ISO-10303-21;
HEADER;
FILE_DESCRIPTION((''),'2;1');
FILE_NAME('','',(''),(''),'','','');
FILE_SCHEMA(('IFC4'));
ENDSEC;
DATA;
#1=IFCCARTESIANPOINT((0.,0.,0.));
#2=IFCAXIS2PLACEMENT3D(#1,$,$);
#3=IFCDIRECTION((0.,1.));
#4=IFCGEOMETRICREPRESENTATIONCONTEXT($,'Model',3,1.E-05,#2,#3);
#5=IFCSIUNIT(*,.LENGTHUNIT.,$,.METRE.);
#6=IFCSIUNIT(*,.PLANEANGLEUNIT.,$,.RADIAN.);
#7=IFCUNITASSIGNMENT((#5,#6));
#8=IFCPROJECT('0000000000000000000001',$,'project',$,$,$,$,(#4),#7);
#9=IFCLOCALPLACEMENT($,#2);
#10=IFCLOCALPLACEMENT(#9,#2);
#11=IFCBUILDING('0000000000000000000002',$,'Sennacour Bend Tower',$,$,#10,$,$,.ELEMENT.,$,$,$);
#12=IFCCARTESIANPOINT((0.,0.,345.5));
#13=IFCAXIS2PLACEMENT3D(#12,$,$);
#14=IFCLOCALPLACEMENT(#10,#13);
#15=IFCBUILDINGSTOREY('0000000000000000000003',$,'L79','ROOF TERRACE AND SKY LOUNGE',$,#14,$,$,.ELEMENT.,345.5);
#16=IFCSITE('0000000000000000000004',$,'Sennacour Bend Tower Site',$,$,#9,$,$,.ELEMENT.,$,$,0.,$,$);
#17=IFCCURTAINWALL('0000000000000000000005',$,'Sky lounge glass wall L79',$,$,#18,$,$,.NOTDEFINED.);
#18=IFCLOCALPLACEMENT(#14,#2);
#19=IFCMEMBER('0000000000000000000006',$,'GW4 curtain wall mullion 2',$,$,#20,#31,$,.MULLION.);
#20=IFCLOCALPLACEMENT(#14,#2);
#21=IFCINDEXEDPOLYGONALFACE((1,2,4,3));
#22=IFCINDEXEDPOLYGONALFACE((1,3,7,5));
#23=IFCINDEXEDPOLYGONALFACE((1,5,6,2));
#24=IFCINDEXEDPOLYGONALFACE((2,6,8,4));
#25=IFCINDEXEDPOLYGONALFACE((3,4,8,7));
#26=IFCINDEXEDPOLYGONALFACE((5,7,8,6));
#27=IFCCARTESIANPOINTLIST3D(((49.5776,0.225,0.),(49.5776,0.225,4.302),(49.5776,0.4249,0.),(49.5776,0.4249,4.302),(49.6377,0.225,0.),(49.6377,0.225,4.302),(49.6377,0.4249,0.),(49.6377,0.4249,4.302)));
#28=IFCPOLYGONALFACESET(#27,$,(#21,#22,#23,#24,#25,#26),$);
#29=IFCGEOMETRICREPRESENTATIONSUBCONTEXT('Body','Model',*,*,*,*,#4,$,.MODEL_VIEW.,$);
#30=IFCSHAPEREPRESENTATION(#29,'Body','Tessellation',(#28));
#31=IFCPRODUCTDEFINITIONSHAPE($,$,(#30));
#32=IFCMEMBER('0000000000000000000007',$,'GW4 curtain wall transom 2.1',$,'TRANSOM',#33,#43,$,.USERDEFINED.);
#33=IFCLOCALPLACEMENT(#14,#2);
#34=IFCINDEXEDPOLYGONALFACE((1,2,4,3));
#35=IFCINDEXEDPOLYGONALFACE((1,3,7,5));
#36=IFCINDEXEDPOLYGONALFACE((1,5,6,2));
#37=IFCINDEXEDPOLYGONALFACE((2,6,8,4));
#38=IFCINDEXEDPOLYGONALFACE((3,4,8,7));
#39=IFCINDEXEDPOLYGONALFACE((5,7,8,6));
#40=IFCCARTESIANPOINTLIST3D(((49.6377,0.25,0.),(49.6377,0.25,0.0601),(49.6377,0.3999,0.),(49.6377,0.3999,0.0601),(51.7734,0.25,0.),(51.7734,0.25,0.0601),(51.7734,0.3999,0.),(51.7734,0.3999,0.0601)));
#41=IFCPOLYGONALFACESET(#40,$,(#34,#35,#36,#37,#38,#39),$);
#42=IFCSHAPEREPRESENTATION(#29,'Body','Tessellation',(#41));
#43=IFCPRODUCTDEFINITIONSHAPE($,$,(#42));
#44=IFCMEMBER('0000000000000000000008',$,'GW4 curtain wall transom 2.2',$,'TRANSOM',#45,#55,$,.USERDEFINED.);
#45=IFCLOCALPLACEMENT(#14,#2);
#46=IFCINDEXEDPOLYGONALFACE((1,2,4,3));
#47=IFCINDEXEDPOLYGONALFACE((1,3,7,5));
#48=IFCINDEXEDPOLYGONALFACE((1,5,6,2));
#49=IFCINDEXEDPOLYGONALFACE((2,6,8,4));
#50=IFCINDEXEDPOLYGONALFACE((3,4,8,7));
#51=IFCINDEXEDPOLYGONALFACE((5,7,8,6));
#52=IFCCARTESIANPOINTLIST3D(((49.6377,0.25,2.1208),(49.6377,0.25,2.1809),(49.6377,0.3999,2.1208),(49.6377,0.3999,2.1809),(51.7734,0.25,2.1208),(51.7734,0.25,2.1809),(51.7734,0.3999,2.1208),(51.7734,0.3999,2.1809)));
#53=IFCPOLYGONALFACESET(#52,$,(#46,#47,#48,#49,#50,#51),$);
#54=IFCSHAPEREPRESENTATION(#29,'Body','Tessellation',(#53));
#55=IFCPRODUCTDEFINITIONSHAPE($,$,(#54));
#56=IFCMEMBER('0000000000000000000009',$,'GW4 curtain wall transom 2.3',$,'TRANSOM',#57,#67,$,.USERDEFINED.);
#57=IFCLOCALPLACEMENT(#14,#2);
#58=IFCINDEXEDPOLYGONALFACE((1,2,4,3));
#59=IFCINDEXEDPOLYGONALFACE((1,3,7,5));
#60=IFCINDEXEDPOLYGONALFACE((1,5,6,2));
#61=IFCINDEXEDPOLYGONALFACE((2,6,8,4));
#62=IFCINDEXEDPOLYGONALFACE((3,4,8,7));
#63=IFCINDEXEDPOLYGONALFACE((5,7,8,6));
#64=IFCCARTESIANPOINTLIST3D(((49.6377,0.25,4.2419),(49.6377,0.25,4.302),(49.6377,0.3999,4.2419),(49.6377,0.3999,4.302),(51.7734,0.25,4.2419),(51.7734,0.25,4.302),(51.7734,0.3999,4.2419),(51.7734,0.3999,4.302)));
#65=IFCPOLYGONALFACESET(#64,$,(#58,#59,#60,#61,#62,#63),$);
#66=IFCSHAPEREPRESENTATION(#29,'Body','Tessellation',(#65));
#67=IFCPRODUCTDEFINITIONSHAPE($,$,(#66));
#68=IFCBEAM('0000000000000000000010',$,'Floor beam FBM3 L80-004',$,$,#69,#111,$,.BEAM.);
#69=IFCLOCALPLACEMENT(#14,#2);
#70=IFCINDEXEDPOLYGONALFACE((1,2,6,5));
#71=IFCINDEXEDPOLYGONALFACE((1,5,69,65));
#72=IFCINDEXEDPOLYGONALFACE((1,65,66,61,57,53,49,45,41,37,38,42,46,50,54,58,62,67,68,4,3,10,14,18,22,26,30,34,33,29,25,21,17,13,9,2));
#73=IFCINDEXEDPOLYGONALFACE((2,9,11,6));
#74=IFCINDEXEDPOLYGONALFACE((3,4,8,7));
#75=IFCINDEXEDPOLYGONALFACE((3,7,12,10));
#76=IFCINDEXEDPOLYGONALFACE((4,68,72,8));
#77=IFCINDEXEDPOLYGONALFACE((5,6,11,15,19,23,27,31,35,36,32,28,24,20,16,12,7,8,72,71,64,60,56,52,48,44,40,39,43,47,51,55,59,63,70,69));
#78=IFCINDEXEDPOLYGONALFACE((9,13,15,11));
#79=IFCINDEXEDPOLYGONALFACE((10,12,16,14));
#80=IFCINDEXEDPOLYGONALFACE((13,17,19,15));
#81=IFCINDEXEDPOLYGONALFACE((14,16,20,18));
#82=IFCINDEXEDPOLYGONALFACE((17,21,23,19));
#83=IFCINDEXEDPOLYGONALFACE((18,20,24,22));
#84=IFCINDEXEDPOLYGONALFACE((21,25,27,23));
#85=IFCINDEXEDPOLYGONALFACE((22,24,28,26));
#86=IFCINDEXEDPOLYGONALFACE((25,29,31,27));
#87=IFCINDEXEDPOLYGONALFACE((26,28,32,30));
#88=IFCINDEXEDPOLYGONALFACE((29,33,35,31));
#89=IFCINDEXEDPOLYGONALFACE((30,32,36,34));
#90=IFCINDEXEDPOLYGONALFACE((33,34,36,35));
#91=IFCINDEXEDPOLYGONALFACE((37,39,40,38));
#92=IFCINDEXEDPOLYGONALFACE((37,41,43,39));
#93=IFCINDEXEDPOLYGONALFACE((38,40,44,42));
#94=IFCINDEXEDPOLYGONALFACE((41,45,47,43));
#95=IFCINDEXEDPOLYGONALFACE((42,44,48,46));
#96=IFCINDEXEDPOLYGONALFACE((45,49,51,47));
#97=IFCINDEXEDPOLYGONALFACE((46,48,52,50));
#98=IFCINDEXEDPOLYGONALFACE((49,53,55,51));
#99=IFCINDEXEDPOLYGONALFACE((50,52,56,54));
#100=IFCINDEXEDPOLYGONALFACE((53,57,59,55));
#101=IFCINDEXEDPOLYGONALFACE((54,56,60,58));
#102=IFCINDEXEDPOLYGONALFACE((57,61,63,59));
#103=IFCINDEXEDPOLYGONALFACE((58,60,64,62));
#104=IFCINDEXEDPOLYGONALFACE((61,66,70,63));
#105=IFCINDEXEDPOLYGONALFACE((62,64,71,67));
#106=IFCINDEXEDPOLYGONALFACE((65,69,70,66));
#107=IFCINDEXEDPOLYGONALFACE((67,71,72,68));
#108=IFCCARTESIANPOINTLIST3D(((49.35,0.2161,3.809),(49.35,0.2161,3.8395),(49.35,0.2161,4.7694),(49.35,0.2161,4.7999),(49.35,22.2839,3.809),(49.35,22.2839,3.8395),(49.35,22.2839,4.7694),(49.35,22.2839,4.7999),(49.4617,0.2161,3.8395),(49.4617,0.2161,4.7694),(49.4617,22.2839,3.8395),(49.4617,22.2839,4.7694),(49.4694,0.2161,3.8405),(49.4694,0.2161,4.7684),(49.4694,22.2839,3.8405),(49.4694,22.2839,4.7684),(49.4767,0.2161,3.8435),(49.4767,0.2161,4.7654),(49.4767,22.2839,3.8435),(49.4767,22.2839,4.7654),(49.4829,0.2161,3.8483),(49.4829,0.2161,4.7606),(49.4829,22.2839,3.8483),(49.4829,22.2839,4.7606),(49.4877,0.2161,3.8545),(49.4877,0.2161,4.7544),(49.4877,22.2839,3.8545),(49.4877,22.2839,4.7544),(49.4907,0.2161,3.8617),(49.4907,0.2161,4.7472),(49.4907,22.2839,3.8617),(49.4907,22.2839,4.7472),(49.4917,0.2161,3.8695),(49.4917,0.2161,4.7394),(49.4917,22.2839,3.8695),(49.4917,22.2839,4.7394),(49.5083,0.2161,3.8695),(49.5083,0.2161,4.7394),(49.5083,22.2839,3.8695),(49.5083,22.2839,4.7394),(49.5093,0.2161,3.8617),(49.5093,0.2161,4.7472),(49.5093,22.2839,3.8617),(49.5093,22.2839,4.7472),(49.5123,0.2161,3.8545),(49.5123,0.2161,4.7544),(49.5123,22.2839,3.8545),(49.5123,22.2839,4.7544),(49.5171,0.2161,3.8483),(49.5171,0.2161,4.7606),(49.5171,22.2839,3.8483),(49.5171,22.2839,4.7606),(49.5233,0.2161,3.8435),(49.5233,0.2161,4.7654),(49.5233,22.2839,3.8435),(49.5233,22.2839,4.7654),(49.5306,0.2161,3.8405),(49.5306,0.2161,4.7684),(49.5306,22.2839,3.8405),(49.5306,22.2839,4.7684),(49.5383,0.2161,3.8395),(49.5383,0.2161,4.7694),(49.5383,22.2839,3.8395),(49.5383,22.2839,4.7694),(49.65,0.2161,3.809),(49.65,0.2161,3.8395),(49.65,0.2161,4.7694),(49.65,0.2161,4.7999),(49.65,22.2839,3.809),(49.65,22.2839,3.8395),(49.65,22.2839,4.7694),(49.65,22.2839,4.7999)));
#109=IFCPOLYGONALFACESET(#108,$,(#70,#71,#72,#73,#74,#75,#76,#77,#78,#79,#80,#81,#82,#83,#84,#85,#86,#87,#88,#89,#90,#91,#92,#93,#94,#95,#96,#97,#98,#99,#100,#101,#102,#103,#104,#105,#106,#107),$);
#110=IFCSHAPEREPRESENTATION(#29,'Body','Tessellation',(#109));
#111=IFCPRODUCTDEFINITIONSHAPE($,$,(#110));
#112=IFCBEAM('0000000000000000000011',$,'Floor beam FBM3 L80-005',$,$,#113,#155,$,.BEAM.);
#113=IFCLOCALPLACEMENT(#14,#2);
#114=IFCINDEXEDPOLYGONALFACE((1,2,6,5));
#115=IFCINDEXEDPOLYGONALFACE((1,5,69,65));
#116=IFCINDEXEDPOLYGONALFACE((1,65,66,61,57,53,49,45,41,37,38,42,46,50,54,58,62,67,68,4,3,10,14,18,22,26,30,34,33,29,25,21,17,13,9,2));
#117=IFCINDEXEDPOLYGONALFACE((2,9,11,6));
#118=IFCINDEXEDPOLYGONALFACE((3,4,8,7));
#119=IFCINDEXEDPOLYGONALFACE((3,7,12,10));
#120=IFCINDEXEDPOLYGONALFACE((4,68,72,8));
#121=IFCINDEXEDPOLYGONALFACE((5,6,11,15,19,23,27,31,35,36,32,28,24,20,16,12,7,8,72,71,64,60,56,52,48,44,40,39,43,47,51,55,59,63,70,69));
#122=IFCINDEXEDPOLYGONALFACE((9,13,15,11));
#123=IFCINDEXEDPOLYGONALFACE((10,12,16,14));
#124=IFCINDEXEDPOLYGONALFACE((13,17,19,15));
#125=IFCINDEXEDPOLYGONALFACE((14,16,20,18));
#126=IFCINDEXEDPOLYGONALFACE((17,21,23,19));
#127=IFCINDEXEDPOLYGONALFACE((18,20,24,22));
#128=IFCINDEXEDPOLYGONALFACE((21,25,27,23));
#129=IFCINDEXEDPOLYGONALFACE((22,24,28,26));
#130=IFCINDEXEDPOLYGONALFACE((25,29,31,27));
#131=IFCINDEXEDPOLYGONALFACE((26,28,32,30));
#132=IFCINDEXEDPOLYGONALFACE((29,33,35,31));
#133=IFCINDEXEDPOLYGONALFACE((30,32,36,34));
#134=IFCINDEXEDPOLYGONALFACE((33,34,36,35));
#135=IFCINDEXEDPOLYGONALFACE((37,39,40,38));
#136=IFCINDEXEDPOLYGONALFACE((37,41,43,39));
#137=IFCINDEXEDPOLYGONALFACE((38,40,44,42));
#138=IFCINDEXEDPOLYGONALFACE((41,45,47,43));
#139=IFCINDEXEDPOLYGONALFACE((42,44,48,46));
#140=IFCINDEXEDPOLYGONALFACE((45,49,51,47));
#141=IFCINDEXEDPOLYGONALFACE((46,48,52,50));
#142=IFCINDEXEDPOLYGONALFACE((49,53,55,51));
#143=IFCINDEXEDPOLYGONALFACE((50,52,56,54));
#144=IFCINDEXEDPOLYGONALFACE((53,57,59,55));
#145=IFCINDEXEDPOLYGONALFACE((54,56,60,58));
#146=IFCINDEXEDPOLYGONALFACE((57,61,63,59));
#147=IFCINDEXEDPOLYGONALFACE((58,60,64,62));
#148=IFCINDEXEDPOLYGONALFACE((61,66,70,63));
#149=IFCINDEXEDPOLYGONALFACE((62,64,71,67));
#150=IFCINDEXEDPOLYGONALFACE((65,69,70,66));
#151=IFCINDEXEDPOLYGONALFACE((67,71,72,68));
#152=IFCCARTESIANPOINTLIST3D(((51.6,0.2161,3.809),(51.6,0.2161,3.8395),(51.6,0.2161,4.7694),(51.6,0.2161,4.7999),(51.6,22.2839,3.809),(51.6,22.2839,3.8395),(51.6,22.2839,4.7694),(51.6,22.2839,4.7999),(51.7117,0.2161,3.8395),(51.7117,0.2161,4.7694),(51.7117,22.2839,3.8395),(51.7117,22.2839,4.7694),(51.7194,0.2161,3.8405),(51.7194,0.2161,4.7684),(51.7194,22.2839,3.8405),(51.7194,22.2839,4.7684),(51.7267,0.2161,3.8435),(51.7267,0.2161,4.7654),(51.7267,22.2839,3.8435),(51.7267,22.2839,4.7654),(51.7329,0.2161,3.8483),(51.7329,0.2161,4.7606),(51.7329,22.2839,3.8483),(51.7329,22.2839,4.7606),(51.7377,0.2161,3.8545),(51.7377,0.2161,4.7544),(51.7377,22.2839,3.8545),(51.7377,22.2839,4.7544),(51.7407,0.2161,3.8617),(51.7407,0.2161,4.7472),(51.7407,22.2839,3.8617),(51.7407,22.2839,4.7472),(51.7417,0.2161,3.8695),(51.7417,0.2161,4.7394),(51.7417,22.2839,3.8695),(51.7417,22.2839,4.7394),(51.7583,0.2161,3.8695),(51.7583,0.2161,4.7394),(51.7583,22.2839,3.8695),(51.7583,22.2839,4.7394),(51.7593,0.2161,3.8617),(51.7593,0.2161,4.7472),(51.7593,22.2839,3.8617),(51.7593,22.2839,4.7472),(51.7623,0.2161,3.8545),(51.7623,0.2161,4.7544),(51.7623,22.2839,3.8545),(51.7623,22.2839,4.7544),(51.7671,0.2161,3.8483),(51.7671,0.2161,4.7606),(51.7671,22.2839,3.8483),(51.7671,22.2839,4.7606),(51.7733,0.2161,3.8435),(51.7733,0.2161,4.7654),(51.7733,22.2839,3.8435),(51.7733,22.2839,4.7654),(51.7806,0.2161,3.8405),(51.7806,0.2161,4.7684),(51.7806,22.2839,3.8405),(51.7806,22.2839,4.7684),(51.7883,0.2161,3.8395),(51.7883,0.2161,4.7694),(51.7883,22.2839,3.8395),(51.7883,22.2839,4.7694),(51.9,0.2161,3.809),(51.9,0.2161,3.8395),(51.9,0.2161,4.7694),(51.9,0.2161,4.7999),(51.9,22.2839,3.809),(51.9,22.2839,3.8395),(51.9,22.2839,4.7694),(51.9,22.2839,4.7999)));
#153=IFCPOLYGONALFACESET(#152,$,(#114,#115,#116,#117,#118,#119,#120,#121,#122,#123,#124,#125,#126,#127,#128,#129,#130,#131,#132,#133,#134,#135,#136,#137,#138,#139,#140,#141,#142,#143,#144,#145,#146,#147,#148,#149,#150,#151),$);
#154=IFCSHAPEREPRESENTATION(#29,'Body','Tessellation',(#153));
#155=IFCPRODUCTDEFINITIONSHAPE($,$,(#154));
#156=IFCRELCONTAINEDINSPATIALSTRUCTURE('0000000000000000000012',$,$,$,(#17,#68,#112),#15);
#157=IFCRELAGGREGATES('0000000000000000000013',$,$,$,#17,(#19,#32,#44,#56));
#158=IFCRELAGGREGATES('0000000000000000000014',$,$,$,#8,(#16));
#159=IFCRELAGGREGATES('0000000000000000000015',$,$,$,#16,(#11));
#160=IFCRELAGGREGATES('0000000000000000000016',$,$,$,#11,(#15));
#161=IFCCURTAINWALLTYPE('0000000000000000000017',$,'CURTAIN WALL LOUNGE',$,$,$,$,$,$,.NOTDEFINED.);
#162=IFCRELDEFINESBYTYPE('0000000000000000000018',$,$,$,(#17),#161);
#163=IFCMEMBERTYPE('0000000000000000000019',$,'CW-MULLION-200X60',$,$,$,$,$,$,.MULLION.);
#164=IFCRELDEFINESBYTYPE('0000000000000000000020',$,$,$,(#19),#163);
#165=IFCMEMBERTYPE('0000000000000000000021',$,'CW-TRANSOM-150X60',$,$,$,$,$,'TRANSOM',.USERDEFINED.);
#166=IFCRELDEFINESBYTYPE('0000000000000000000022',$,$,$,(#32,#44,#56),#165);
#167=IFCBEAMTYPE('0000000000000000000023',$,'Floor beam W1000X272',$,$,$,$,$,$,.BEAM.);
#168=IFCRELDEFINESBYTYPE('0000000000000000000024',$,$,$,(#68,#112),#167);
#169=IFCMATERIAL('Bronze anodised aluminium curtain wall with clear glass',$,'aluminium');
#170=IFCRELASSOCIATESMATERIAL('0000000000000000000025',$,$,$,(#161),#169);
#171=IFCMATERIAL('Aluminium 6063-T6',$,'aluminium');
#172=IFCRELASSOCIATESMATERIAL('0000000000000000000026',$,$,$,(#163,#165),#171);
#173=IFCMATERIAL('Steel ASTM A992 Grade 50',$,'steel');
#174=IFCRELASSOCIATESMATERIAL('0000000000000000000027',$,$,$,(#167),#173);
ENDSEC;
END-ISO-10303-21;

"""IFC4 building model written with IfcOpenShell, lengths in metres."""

from ifc_helpers import new_model, si_unit, direction, frame, origin, origin_2d, place, context, subcontext, project, spatial, rectangle, i_section, extrude, material, material_profile, profile_set, type_object, element, aggregate, save


model = new_model("IFC4")

# Units and contexts
model_context = context("Model", 3, precision=1e-05, world=origin(), true_north=direction((0.0, 1.0)))
body_context = subcontext(model_context, "Body", "Model", "MODEL_VIEW")
ifc_project = project(units=[si_unit("LENGTHUNIT", "METRE"), si_unit("PLANEANGLEUNIT", "RADIAN")], contexts=[model_context])

# Site, building, storey
site_placement = place(None, origin())
site = spatial("IfcSite", under=ifc_project, at=site_placement, Name="Sennacour Bend Tower Site", CompositionType="ELEMENT", RefElevation=0.0)
building_placement = place(site_placement, origin())
building = spatial("IfcBuilding", under=site, at=building_placement, Name="Sennacour Bend Tower", CompositionType="ELEMENT")
storey_placement = place(building_placement, frame((0.0, 0.0, 345.5)))
storey = spatial("IfcBuildingStorey", under=building, at=storey_placement, Name="L79", Description="ROOF TERRACE AND SKY LOUNGE", CompositionType="ELEMENT", Elevation=345.5)

# Curtain wall, members
ifc_material_1 = material(Name="Bronze anodised aluminium curtain wall with clear glass", Category="aluminium")
curtain_wall_type = type_object("IfcCurtainWallType", Name="CURTAIN WALL LOUNGE", PredefinedType="NOTDEFINED", material=ifc_material_1)
curtain_wall_placement = place(storey_placement, origin())
curtain_wall = element("IfcCurtainWall", 1, at=curtain_wall_placement, inside=storey, type_object=curtain_wall_type, Name="Sky lounge glass wall L79", PredefinedType="NOTDEFINED")
ifc_material_2 = material(Name="Aluminium 6063-T6", Category="aluminium")
ifc_material_profile_1 = material_profile(ifc_material_2, rectangle(XDim=0.2, YDim=0.0601, at=origin_2d()), Name="Aluminium 6063-T6", Category="aluminium")
ifc_profile_set_1 = profile_set([ifc_material_profile_1], Name="Aluminium 6063-T6")
member_type_1 = type_object("IfcMemberType", Name="CW-MULLION-200X60", PredefinedType="MULLION", material=ifc_profile_set_1)
member_1_placement = place(storey_placement, frame((49.6077, 0.325, 0.0), z_axis=(0.0, 0.0, 1.0), x_axis=(0.0, 1.0, 0.0)))
member_1 = element("IfcMember", 2, at=member_1_placement, type_object=member_type_1, Name="GW4 curtain wall mullion 2", PredefinedType="MULLION", context=body_context, shape_type="SweptSolid", body=[
    extrude(rectangle(XDim=0.2, YDim=0.0601, at=origin_2d()), origin(), (0.0, 0.0, 1.0), 4.302),
])
ifc_material_profile_2 = material_profile(ifc_material_2, rectangle(XDim=0.1499, YDim=0.0601, at=origin_2d()), Name="Aluminium 6063-T6", Category="aluminium")
ifc_profile_set_2 = profile_set([ifc_material_profile_2], Name="Aluminium 6063-T6")
member_type_2 = type_object("IfcMemberType", Name="CW-TRANSOM-150X60", ElementType="TRANSOM", PredefinedType="USERDEFINED", material=ifc_profile_set_2)
member_2_placement = place(storey_placement, frame((49.6377, 0.325, 0.03), z_axis=(1.0, 0.0, 0.0), x_axis=(0.0, 1.0, 0.0)))
member_2 = element("IfcMember", 3, at=member_2_placement, type_object=member_type_2, Name="GW4 curtain wall transom 2.1", ObjectType="TRANSOM", PredefinedType="USERDEFINED", context=body_context, shape_type="SweptSolid", body=[
    extrude(rectangle(XDim=0.1499, YDim=0.0601, at=origin_2d()), origin(), (0.0, 0.0, 1.0), 2.1357),
])
member_3_placement = place(storey_placement, frame((49.6377, 0.325, 2.1509), z_axis=(1.0, 0.0, 0.0), x_axis=(0.0, 1.0, 0.0)))
member_3 = element("IfcMember", 4, at=member_3_placement, type_object=member_type_2, Name="GW4 curtain wall transom 2.2", ObjectType="TRANSOM", PredefinedType="USERDEFINED", context=body_context, shape_type="SweptSolid", body=[
    extrude(rectangle(XDim=0.1499, YDim=0.0601, at=origin_2d()), origin(), (0.0, 0.0, 1.0), 2.1357),
])
member_4_placement = place(storey_placement, frame((49.6377, 0.325, 4.272), z_axis=(1.0, 0.0, 0.0), x_axis=(0.0, 1.0, 0.0)))
member_4 = element("IfcMember", 5, at=member_4_placement, type_object=member_type_2, Name="GW4 curtain wall transom 2.3", ObjectType="TRANSOM", PredefinedType="USERDEFINED", context=body_context, shape_type="SweptSolid", body=[
    extrude(rectangle(XDim=0.1499, YDim=0.0601, at=origin_2d()), origin(), (0.0, 0.0, 1.0), 2.1357),
])

# Beams
ifc_material_3 = material(Name="Steel ASTM A992 Grade 50", Category="steel")
ifc_material_profile_3 = material_profile(ifc_material_3, i_section(OverallWidth=0.3, OverallDepth=0.991, WebThickness=0.0166, FlangeThickness=0.0305, FilletRadius=0.03, at=origin_2d()), Name="Steel ASTM A992 Grade 50", Category="steel")
ifc_profile_set_3 = profile_set([ifc_material_profile_3], Name="Steel ASTM A992 Grade 50")
beam_type = type_object("IfcBeamType", Name="Floor beam W1000X272", PredefinedType="BEAM", material=ifc_profile_set_3)
for number, where, z_axis, x_axis, name in (
    (6, (49.5, 0.2161, 4.3044), (0.0, 1.0, 0.0), (-1.0, 0.0, 0.0), "Floor beam FBM3 L80-004"),
    (7, (51.75, 0.2161, 4.3044), (0.0, 1.0, 0.0), (-1.0, 0.0, 0.0), "Floor beam FBM3 L80-005"),
):
    element("IfcBeam", number, at=place(storey_placement, frame(where, z_axis=z_axis, x_axis=x_axis)), inside=storey, type_object=beam_type, Name=name, PredefinedType="BEAM", context=body_context, shape_type="SweptSolid", body=[
        extrude(i_section(OverallWidth=0.3, OverallDepth=0.991, WebThickness=0.0166, FlangeThickness=0.0305, FilletRadius=0.03, at=origin_2d()), origin(), (0.0, 0.0, 1.0), 22.0679),
    ])

aggregate(curtain_wall, [member_1, member_2, member_3, member_4])

save(model, "model.ifc")
